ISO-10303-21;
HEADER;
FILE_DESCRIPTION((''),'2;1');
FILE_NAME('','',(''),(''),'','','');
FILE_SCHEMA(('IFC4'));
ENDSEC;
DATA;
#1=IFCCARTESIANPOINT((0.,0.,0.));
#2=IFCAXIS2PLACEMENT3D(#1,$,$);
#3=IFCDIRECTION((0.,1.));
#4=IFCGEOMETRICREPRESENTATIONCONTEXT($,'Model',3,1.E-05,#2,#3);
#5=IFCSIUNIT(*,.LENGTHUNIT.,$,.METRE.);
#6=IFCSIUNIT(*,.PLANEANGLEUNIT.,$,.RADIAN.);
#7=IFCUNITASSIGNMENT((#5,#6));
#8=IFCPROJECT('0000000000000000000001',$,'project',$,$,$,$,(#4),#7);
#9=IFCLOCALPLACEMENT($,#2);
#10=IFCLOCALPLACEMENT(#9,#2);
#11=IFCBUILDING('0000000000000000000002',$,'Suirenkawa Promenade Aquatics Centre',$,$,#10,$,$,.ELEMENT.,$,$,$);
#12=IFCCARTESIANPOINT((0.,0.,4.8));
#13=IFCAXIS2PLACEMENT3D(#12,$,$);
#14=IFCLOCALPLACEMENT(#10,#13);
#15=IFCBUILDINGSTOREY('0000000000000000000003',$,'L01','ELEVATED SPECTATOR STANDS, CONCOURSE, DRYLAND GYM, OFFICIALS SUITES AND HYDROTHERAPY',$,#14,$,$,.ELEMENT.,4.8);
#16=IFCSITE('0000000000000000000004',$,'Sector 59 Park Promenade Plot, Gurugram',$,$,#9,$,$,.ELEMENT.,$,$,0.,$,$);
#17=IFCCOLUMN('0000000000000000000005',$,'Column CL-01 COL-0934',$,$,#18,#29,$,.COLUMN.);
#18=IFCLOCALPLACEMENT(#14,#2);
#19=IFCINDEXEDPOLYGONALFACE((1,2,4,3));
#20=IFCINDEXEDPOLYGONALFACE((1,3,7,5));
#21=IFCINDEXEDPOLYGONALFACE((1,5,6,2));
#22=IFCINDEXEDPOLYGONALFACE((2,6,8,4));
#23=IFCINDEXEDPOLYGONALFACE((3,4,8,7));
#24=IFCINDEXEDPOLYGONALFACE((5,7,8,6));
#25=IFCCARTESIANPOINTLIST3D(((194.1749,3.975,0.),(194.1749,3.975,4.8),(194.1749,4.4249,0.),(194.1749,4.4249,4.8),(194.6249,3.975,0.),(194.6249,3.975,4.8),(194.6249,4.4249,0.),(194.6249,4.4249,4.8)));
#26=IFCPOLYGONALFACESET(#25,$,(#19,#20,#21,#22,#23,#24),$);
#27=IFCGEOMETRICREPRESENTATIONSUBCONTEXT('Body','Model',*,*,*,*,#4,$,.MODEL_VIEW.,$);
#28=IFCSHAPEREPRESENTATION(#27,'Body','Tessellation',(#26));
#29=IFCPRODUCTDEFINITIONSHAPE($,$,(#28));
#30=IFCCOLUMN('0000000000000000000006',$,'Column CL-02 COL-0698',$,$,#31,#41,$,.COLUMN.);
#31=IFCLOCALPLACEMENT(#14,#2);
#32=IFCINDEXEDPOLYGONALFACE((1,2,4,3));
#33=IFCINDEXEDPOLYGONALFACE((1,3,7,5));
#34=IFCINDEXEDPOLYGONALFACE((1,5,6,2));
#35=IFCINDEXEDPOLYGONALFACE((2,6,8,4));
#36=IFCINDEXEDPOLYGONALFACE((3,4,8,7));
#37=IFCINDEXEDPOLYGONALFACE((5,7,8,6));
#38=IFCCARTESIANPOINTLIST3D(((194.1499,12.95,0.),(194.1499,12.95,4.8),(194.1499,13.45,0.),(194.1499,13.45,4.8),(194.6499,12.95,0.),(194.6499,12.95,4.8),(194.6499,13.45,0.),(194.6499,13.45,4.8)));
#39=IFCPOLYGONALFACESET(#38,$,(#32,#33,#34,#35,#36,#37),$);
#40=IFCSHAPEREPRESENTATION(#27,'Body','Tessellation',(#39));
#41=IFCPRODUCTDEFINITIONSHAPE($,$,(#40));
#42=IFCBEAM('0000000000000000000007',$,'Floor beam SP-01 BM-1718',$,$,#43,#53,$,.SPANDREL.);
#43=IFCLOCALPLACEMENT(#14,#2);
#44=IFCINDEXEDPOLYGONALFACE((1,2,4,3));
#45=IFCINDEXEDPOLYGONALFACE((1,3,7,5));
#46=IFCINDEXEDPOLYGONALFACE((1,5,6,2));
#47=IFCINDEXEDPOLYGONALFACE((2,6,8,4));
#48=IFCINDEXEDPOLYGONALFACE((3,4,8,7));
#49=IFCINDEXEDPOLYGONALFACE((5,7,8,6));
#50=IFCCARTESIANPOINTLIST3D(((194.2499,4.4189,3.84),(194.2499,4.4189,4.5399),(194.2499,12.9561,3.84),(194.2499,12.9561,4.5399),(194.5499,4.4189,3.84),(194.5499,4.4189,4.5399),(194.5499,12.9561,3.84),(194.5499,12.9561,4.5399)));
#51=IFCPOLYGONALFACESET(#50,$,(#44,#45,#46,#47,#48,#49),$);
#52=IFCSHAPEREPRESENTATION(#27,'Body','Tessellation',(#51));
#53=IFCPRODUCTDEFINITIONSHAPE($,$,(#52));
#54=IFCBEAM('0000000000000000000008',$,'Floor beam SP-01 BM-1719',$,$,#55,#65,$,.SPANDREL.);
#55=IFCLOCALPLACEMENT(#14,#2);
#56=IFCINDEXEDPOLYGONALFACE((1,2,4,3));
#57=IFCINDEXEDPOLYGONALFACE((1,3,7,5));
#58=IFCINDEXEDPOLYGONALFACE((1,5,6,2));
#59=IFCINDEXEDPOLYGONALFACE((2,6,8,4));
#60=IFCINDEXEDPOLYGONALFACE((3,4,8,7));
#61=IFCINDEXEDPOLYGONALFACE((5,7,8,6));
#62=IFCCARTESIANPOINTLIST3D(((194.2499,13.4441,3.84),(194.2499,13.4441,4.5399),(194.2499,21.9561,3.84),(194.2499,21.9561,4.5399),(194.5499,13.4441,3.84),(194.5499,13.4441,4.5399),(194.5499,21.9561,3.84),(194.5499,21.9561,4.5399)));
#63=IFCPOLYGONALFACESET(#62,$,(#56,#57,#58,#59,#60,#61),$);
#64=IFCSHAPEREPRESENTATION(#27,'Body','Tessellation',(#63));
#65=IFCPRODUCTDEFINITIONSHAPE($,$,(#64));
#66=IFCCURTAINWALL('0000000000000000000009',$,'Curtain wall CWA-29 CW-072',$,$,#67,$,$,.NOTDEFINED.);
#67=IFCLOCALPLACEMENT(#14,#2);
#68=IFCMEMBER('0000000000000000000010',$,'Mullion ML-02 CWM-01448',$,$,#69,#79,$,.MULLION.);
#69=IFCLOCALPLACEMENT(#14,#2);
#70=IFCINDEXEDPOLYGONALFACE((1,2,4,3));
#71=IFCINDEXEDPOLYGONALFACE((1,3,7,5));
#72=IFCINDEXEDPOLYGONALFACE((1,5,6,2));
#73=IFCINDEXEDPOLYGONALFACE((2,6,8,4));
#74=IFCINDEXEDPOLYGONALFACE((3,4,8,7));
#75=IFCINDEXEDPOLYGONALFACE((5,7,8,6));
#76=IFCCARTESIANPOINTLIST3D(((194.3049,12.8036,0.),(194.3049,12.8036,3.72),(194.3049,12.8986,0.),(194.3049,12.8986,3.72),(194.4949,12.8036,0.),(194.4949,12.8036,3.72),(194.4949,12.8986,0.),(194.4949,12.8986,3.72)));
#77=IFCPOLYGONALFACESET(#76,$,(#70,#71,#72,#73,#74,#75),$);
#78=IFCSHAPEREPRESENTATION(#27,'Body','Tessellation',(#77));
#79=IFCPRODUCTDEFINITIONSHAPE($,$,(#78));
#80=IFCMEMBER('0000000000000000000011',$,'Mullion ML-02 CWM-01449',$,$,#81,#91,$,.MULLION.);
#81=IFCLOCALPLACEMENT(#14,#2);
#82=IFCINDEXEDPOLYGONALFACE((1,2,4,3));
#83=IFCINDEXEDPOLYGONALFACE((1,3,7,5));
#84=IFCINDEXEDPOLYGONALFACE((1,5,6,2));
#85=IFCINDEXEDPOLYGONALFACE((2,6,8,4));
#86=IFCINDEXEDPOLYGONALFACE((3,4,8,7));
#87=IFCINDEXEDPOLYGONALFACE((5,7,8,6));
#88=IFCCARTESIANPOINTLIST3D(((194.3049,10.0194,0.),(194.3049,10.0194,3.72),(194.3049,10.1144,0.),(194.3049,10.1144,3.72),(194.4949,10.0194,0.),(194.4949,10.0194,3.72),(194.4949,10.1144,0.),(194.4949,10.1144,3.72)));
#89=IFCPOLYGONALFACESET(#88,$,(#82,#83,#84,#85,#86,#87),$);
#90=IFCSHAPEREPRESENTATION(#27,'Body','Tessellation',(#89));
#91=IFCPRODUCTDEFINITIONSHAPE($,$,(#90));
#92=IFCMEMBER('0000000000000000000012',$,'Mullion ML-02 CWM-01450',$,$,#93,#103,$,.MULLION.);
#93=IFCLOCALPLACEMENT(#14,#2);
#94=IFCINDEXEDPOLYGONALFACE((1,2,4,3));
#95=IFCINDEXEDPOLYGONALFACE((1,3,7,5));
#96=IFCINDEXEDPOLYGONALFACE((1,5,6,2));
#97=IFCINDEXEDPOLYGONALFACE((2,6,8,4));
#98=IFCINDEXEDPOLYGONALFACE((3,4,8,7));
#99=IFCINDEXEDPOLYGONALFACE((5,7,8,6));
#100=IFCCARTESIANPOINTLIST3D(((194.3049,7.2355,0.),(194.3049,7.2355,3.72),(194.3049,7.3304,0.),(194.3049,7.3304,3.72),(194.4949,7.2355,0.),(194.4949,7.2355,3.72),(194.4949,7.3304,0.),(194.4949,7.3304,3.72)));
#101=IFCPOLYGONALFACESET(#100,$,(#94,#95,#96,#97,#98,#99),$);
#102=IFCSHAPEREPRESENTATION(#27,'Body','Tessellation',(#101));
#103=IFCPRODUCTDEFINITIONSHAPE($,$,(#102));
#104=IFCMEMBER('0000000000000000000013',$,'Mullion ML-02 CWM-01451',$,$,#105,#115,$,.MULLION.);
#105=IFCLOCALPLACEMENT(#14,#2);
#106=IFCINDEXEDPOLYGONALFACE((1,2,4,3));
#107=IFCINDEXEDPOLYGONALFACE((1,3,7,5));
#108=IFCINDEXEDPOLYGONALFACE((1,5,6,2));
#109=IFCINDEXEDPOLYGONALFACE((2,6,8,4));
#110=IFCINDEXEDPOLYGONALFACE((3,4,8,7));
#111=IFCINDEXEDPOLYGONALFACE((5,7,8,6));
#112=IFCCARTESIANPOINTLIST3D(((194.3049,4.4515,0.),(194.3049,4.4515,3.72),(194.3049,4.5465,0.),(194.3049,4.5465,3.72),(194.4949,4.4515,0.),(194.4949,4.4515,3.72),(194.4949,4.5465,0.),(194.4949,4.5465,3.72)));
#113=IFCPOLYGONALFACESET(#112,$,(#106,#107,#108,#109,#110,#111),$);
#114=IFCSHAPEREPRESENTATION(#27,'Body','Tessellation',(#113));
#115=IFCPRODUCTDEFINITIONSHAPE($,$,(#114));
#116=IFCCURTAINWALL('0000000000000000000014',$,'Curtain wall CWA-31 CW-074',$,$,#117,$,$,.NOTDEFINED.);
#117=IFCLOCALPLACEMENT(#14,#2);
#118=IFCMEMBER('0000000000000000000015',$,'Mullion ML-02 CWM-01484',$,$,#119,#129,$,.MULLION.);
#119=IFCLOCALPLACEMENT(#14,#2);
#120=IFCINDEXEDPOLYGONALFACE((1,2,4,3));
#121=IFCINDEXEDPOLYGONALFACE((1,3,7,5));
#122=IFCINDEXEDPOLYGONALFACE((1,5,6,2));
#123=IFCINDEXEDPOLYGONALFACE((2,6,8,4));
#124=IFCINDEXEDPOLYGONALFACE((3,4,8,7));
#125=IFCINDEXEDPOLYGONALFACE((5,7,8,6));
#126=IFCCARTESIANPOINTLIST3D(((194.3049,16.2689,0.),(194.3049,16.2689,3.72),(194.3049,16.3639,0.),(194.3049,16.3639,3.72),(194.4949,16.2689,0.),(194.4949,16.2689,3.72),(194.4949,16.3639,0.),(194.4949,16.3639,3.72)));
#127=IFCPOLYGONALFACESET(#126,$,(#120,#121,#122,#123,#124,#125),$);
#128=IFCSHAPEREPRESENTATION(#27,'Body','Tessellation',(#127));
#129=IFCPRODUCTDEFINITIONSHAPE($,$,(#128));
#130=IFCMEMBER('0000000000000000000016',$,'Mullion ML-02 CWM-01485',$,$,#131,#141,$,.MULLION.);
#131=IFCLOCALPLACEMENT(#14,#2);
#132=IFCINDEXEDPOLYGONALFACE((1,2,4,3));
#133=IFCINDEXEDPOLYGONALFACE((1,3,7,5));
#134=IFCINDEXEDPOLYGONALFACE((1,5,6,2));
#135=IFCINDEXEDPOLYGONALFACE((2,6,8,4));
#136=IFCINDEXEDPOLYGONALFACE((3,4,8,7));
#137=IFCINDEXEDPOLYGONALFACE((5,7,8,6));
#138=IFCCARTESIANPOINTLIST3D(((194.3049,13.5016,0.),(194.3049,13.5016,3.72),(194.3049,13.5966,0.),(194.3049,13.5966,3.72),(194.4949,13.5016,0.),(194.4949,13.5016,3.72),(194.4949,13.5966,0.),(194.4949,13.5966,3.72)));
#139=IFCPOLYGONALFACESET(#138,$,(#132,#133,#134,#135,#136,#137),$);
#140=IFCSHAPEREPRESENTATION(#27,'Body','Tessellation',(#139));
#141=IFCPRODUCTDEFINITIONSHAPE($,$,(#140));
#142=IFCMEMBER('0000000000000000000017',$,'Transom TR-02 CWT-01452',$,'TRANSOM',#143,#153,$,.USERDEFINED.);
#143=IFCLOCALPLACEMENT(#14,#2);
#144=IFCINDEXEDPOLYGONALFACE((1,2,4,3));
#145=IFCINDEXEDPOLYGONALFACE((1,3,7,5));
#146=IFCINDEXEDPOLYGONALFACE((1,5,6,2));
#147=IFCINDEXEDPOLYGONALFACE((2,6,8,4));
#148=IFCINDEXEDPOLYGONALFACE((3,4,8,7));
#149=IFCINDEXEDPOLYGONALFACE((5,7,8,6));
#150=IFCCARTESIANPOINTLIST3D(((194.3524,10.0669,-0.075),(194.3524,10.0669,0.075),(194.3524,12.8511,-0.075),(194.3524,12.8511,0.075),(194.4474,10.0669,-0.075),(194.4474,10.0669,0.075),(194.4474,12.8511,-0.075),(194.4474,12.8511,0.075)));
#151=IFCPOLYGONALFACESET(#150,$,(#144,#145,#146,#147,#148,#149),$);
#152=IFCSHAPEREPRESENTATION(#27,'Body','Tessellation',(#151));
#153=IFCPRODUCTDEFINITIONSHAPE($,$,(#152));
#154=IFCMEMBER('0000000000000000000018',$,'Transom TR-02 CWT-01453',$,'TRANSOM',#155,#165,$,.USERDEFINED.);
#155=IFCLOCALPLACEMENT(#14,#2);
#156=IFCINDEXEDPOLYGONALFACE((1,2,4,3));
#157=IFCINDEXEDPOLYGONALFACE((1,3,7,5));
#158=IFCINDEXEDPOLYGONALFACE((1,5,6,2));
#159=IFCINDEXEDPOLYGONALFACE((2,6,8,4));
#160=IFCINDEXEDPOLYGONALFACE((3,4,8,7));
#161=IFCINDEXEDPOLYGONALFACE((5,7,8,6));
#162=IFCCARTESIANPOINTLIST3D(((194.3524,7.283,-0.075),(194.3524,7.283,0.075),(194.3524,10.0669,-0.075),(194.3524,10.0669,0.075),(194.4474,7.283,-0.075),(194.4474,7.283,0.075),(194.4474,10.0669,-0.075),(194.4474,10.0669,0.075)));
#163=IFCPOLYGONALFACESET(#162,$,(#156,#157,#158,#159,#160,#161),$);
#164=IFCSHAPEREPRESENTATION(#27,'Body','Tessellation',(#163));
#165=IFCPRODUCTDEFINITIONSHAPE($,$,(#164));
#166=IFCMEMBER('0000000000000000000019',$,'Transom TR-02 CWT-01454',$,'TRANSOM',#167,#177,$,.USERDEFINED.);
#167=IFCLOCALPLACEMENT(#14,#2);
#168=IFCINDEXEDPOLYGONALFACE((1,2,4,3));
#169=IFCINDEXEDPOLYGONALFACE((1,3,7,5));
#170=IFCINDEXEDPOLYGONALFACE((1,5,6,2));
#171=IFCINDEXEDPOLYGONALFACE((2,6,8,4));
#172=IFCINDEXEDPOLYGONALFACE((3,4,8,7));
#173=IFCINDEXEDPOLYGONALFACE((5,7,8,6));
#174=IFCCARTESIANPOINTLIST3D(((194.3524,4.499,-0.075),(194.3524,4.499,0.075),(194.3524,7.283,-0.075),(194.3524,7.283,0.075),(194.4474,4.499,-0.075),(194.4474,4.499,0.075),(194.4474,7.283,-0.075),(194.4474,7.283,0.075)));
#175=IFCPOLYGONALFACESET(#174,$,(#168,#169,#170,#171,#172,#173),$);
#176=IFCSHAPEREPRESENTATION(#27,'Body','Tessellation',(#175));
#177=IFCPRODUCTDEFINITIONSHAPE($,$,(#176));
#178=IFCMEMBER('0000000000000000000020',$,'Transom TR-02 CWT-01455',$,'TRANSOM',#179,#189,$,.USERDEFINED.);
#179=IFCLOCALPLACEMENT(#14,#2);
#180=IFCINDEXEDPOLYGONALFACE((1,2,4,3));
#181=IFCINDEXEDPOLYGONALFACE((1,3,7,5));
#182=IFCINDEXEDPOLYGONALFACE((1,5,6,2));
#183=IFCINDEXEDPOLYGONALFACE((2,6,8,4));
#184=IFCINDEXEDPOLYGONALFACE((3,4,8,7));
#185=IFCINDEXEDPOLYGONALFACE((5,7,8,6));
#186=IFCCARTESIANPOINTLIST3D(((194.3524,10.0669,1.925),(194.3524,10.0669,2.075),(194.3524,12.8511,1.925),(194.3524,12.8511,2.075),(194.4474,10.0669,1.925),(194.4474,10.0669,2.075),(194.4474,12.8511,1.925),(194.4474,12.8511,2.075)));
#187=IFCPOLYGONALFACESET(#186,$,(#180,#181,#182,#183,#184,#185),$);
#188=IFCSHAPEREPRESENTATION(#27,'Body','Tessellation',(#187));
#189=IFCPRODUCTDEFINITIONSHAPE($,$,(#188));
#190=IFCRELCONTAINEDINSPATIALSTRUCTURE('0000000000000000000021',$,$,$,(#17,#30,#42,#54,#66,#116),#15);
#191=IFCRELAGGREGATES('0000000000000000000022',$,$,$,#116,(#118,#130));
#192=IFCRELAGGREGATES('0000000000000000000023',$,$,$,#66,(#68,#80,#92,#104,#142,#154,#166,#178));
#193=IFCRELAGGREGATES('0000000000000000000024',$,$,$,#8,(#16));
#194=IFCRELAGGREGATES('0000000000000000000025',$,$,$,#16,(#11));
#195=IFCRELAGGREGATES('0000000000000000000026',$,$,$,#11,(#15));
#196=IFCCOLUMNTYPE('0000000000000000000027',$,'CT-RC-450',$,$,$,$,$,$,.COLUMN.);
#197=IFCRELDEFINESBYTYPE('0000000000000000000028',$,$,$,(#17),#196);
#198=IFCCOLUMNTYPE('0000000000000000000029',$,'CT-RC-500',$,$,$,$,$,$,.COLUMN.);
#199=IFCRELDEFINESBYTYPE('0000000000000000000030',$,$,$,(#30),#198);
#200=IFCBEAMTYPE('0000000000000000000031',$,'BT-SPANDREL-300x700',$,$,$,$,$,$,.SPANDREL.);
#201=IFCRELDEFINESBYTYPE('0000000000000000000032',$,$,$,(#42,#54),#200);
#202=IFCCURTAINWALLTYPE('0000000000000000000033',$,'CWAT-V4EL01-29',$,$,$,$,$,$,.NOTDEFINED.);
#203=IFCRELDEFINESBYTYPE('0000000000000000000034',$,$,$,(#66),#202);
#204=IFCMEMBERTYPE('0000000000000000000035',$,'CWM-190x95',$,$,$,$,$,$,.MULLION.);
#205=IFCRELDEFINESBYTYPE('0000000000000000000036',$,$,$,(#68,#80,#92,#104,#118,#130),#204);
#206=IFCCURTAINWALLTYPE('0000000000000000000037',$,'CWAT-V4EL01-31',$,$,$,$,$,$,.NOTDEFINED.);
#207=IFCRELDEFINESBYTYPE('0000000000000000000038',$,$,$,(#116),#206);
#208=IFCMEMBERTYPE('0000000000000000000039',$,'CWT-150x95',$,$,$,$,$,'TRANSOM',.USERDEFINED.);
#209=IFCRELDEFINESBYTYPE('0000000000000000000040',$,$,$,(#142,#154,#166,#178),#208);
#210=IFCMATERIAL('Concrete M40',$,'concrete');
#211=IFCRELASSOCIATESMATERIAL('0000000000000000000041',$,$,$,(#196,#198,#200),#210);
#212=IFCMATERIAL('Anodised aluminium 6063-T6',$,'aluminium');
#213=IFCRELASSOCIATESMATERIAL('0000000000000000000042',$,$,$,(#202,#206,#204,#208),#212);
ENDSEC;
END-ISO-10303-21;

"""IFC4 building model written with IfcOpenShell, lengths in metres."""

from ifc_helpers import new_model, si_unit, direction, frame, origin, origin_2d, place, context, subcontext, project, spatial, rectangle, extrude, material, material_profile, profile_set, type_object, element, aggregate, save


model = new_model("IFC4")

# Units and contexts
model_context = context("Model", 3, precision=1e-05, world=origin(), true_north=direction((0.0, 1.0)))
body_context = subcontext(model_context, "Body", "Model", "MODEL_VIEW")
ifc_project = project(units=[si_unit("LENGTHUNIT", "METRE"), si_unit("PLANEANGLEUNIT", "RADIAN")], contexts=[model_context])

# Site, building, storey
site_placement = place(None, origin())
site = spatial("IfcSite", under=ifc_project, at=site_placement, Name="Sector 59 Park Promenade Plot, Gurugram", CompositionType="ELEMENT", RefElevation=0.0)
building_placement = place(site_placement, origin())
building = spatial("IfcBuilding", under=site, at=building_placement, Name="Suirenkawa Promenade Aquatics Centre", CompositionType="ELEMENT")
storey_placement = place(building_placement, frame((0.0, 0.0, 4.8)))
storey = spatial("IfcBuildingStorey", under=building, at=storey_placement, Name="L01", Description="ELEVATED SPECTATOR STANDS, CONCOURSE, DRYLAND GYM, OFFICIALS SUITES AND HYDROTHERAPY", CompositionType="ELEMENT", Elevation=4.8)

# Columns
ifc_material_1 = material(Name="Concrete M40", Category="concrete")
ifc_material_profile_1 = material_profile(ifc_material_1, rectangle(XDim=0.45, YDim=0.45, at=origin_2d()), Name="RC COL 450x450", Category="concrete")
ifc_profile_set_1 = profile_set([ifc_material_profile_1], Name="Concrete M40")
column_type_1 = type_object("IfcColumnType", Name="CT-RC-450", PredefinedType="COLUMN", material=ifc_profile_set_1)
column_1_placement = place(storey_placement, frame((194.3999, 4.2, 0.0), z_axis=(0.0, 0.0, 1.0), x_axis=(1.0, 0.0, 0.0)))
element("IfcColumn", 1, at=column_1_placement, inside=storey, type_object=column_type_1, Name="Column CL-01 COL-0934", PredefinedType="COLUMN", context=body_context, shape_type="SweptSolid", body=[
    extrude(rectangle(XDim=0.45, YDim=0.45, at=origin_2d()), origin(), (0.0, 0.0, 1.0), 4.8),
])
ifc_material_profile_2 = material_profile(ifc_material_1, rectangle(XDim=0.5, YDim=0.5, at=origin_2d()), Name="RC COL 500x500", Category="concrete")
ifc_profile_set_2 = profile_set([ifc_material_profile_2], Name="Concrete M40")
column_type_2 = type_object("IfcColumnType", Name="CT-RC-500", PredefinedType="COLUMN", material=ifc_profile_set_2)
column_2_placement = place(storey_placement, frame((194.3999, 13.2, 0.0), z_axis=(0.0, 0.0, 1.0), x_axis=(1.0, 0.0, 0.0)))
element("IfcColumn", 2, at=column_2_placement, inside=storey, type_object=column_type_2, Name="Column CL-02 COL-0698", PredefinedType="COLUMN", context=body_context, shape_type="SweptSolid", body=[
    extrude(rectangle(XDim=0.5, YDim=0.5, at=origin_2d()), origin(), (0.0, 0.0, 1.0), 4.8),
])

# Beams
ifc_material_profile_3 = material_profile(ifc_material_1, rectangle(XDim=0.3, YDim=0.7, at=origin_2d()), Name="RC SPANDREL 300x700", Category="concrete")
ifc_profile_set_3 = profile_set([ifc_material_profile_3], Name="Concrete M40")
beam_type = type_object("IfcBeamType", Name="BT-SPANDREL-300x700", PredefinedType="SPANDREL", material=ifc_profile_set_3)
beam_1_placement = place(storey_placement, frame((194.3999, 4.4189, 4.1899), z_axis=(0.0, 1.0, 0.0), x_axis=(-1.0, 0.0, 0.0)))
element("IfcBeam", 3, at=beam_1_placement, inside=storey, type_object=beam_type, Name="Floor beam SP-01 BM-1718", PredefinedType="SPANDREL", context=body_context, shape_type="SweptSolid", body=[
    extrude(rectangle(XDim=0.3, YDim=0.7, at=origin_2d()), origin(), (0.0, 0.0, 1.0), 8.5371),
])
beam_2_placement = place(storey_placement, frame((194.3999, 13.4441, 4.1899), z_axis=(0.0, 1.0, 0.0), x_axis=(-1.0, 0.0, 0.0)))
element("IfcBeam", 4, at=beam_2_placement, inside=storey, type_object=beam_type, Name="Floor beam SP-01 BM-1719", PredefinedType="SPANDREL", context=body_context, shape_type="SweptSolid", body=[
    extrude(rectangle(XDim=0.3, YDim=0.7, at=origin_2d()), origin(), (0.0, 0.0, 1.0), 8.512),
])

# Curtain walls, members
ifc_material_2 = material(Name="Anodised aluminium 6063-T6", Category="aluminium")
curtain_wall_type_1 = type_object("IfcCurtainWallType", Name="CWAT-V4EL01-29", PredefinedType="NOTDEFINED", material=ifc_material_2)
curtain_wall_1_placement = place(storey_placement, origin())
curtain_wall_1 = element("IfcCurtainWall", 5, at=curtain_wall_1_placement, inside=storey, type_object=curtain_wall_type_1, Name="Curtain wall CWA-29 CW-072", PredefinedType="NOTDEFINED")
ifc_material_profile_4 = material_profile(ifc_material_2, rectangle(XDim=0.095, YDim=0.1899, at=origin_2d()), Name="ALU MULL 95x190", Category="aluminium")
ifc_profile_set_4 = profile_set([ifc_material_profile_4], Name="Anodised aluminium 6063-T6")
member_type_1 = type_object("IfcMemberType", Name="CWM-190x95", PredefinedType="MULLION", material=ifc_profile_set_4)
member_1_placement = place(storey_placement, frame((194.3999, 12.8511, 0.0), z_axis=(0.0, 0.0, 1.0), x_axis=(0.0, -1.0, 0.0)))
member_1 = element("IfcMember", 6, at=member_1_placement, type_object=member_type_1, Name="Mullion ML-02 CWM-01448", PredefinedType="MULLION", context=body_context, shape_type="SweptSolid", body=[
    extrude(rectangle(XDim=0.095, YDim=0.1899, at=origin_2d()), origin(), (0.0, 0.0, 1.0), 3.72),
])
member_2_placement = place(storey_placement, frame((194.3999, 10.0669, 0.0), z_axis=(0.0, 0.0, 1.0), x_axis=(0.0, -1.0, 0.0)))
member_2 = element("IfcMember", 7, at=member_2_placement, type_object=member_type_1, Name="Mullion ML-02 CWM-01449", PredefinedType="MULLION", context=body_context, shape_type="SweptSolid", body=[
    extrude(rectangle(XDim=0.095, YDim=0.1899, at=origin_2d()), origin(), (0.0, 0.0, 1.0), 3.72),
])
member_3_placement = place(storey_placement, frame((194.3999, 7.283, 0.0), z_axis=(0.0, 0.0, 1.0), x_axis=(0.0, -1.0, 0.0)))
member_3 = element("IfcMember", 8, at=member_3_placement, type_object=member_type_1, Name="Mullion ML-02 CWM-01450", PredefinedType="MULLION", context=body_context, shape_type="SweptSolid", body=[
    extrude(rectangle(XDim=0.095, YDim=0.1899, at=origin_2d()), origin(), (0.0, 0.0, 1.0), 3.72),
])
member_4_placement = place(storey_placement, frame((194.3999, 4.499, 0.0), z_axis=(0.0, 0.0, 1.0), x_axis=(0.0, -1.0, 0.0)))
member_4 = element("IfcMember", 9, at=member_4_placement, type_object=member_type_1, Name="Mullion ML-02 CWM-01451", PredefinedType="MULLION", context=body_context, shape_type="SweptSolid", body=[
    extrude(rectangle(XDim=0.095, YDim=0.1899, at=origin_2d()), origin(), (0.0, 0.0, 1.0), 3.72),
])
curtain_wall_type_2 = type_object("IfcCurtainWallType", Name="CWAT-V4EL01-31", PredefinedType="NOTDEFINED", material=ifc_material_2)
curtain_wall_2_placement = place(storey_placement, origin())
curtain_wall_2 = element("IfcCurtainWall", 10, at=curtain_wall_2_placement, inside=storey, type_object=curtain_wall_type_2, Name="Curtain wall CWA-31 CW-074", PredefinedType="NOTDEFINED")
member_5_placement = place(storey_placement, frame((194.3999, 16.3164, 0.0), z_axis=(0.0, 0.0, 1.0), x_axis=(0.0, -1.0, 0.0)))
member_5 = element("IfcMember", 11, at=member_5_placement, type_object=member_type_1, Name="Mullion ML-02 CWM-01484", PredefinedType="MULLION", context=body_context, shape_type="SweptSolid", body=[
    extrude(rectangle(XDim=0.095, YDim=0.1899, at=origin_2d()), origin(), (0.0, 0.0, 1.0), 3.72),
])
member_6_placement = place(storey_placement, frame((194.3999, 13.5491, 0.0), z_axis=(0.0, 0.0, 1.0), x_axis=(0.0, -1.0, 0.0)))
member_6 = element("IfcMember", 12, at=member_6_placement, type_object=member_type_1, Name="Mullion ML-02 CWM-01485", PredefinedType="MULLION", context=body_context, shape_type="SweptSolid", body=[
    extrude(rectangle(XDim=0.095, YDim=0.1899, at=origin_2d()), origin(), (0.0, 0.0, 1.0), 3.72),
])

# Members
ifc_material_profile_5 = material_profile(ifc_material_2, rectangle(XDim=0.095, YDim=0.1499, at=origin_2d()), Name="ALU TRAN 95x150", Category="aluminium")
ifc_profile_set_5 = profile_set([ifc_material_profile_5], Name="Anodised aluminium 6063-T6")
member_type_2 = type_object("IfcMemberType", Name="CWT-150x95", ElementType="TRANSOM", PredefinedType="USERDEFINED", material=ifc_profile_set_5)
member_7_placement = place(storey_placement, frame((194.3999, 12.8511, 0.0), z_axis=(0.0, -1.0, 0.0), x_axis=(1.0, 0.0, 0.0)))
member_7 = element("IfcMember", 13, at=member_7_placement, type_object=member_type_2, Name="Transom TR-02 CWT-01452", ObjectType="TRANSOM", PredefinedType="USERDEFINED", context=body_context, shape_type="SweptSolid", body=[
    extrude(rectangle(XDim=0.095, YDim=0.1499, at=origin_2d()), origin(), (0.0, 0.0, 1.0), 2.7842),
])
member_8_placement = place(storey_placement, frame((194.3999, 10.0669, 0.0), z_axis=(0.0, -1.0, 0.0), x_axis=(1.0, 0.0, 0.0)))
member_8 = element("IfcMember", 14, at=member_8_placement, type_object=member_type_2, Name="Transom TR-02 CWT-01453", ObjectType="TRANSOM", PredefinedType="USERDEFINED", context=body_context, shape_type="SweptSolid", body=[
    extrude(rectangle(XDim=0.095, YDim=0.1499, at=origin_2d()), origin(), (0.0, 0.0, 1.0), 2.7839),
])
member_9_placement = place(storey_placement, frame((194.3999, 7.283, 0.0), z_axis=(0.0, -1.0, 0.0), x_axis=(1.0, 0.0, 0.0)))
member_9 = element("IfcMember", 15, at=member_9_placement, type_object=member_type_2, Name="Transom TR-02 CWT-01454", ObjectType="TRANSOM", PredefinedType="USERDEFINED", context=body_context, shape_type="SweptSolid", body=[
    extrude(rectangle(XDim=0.095, YDim=0.1499, at=origin_2d()), origin(), (0.0, 0.0, 1.0), 2.7839),
])
member_10_placement = place(storey_placement, frame((194.3999, 12.8511, 2.0), z_axis=(0.0, -1.0, 0.0), x_axis=(1.0, 0.0, 0.0)))
member_10 = element("IfcMember", 16, at=member_10_placement, type_object=member_type_2, Name="Transom TR-02 CWT-01455", ObjectType="TRANSOM", PredefinedType="USERDEFINED", context=body_context, shape_type="SweptSolid", body=[
    extrude(rectangle(XDim=0.095, YDim=0.1499, at=origin_2d()), origin(), (0.0, 0.0, 1.0), 2.7842),
])
aggregate(curtain_wall_2, [member_5, member_6])

aggregate(curtain_wall_1, [member_1, member_2, member_3, member_4, member_7, member_8, member_9, member_10])

save(model, "model.ifc")
